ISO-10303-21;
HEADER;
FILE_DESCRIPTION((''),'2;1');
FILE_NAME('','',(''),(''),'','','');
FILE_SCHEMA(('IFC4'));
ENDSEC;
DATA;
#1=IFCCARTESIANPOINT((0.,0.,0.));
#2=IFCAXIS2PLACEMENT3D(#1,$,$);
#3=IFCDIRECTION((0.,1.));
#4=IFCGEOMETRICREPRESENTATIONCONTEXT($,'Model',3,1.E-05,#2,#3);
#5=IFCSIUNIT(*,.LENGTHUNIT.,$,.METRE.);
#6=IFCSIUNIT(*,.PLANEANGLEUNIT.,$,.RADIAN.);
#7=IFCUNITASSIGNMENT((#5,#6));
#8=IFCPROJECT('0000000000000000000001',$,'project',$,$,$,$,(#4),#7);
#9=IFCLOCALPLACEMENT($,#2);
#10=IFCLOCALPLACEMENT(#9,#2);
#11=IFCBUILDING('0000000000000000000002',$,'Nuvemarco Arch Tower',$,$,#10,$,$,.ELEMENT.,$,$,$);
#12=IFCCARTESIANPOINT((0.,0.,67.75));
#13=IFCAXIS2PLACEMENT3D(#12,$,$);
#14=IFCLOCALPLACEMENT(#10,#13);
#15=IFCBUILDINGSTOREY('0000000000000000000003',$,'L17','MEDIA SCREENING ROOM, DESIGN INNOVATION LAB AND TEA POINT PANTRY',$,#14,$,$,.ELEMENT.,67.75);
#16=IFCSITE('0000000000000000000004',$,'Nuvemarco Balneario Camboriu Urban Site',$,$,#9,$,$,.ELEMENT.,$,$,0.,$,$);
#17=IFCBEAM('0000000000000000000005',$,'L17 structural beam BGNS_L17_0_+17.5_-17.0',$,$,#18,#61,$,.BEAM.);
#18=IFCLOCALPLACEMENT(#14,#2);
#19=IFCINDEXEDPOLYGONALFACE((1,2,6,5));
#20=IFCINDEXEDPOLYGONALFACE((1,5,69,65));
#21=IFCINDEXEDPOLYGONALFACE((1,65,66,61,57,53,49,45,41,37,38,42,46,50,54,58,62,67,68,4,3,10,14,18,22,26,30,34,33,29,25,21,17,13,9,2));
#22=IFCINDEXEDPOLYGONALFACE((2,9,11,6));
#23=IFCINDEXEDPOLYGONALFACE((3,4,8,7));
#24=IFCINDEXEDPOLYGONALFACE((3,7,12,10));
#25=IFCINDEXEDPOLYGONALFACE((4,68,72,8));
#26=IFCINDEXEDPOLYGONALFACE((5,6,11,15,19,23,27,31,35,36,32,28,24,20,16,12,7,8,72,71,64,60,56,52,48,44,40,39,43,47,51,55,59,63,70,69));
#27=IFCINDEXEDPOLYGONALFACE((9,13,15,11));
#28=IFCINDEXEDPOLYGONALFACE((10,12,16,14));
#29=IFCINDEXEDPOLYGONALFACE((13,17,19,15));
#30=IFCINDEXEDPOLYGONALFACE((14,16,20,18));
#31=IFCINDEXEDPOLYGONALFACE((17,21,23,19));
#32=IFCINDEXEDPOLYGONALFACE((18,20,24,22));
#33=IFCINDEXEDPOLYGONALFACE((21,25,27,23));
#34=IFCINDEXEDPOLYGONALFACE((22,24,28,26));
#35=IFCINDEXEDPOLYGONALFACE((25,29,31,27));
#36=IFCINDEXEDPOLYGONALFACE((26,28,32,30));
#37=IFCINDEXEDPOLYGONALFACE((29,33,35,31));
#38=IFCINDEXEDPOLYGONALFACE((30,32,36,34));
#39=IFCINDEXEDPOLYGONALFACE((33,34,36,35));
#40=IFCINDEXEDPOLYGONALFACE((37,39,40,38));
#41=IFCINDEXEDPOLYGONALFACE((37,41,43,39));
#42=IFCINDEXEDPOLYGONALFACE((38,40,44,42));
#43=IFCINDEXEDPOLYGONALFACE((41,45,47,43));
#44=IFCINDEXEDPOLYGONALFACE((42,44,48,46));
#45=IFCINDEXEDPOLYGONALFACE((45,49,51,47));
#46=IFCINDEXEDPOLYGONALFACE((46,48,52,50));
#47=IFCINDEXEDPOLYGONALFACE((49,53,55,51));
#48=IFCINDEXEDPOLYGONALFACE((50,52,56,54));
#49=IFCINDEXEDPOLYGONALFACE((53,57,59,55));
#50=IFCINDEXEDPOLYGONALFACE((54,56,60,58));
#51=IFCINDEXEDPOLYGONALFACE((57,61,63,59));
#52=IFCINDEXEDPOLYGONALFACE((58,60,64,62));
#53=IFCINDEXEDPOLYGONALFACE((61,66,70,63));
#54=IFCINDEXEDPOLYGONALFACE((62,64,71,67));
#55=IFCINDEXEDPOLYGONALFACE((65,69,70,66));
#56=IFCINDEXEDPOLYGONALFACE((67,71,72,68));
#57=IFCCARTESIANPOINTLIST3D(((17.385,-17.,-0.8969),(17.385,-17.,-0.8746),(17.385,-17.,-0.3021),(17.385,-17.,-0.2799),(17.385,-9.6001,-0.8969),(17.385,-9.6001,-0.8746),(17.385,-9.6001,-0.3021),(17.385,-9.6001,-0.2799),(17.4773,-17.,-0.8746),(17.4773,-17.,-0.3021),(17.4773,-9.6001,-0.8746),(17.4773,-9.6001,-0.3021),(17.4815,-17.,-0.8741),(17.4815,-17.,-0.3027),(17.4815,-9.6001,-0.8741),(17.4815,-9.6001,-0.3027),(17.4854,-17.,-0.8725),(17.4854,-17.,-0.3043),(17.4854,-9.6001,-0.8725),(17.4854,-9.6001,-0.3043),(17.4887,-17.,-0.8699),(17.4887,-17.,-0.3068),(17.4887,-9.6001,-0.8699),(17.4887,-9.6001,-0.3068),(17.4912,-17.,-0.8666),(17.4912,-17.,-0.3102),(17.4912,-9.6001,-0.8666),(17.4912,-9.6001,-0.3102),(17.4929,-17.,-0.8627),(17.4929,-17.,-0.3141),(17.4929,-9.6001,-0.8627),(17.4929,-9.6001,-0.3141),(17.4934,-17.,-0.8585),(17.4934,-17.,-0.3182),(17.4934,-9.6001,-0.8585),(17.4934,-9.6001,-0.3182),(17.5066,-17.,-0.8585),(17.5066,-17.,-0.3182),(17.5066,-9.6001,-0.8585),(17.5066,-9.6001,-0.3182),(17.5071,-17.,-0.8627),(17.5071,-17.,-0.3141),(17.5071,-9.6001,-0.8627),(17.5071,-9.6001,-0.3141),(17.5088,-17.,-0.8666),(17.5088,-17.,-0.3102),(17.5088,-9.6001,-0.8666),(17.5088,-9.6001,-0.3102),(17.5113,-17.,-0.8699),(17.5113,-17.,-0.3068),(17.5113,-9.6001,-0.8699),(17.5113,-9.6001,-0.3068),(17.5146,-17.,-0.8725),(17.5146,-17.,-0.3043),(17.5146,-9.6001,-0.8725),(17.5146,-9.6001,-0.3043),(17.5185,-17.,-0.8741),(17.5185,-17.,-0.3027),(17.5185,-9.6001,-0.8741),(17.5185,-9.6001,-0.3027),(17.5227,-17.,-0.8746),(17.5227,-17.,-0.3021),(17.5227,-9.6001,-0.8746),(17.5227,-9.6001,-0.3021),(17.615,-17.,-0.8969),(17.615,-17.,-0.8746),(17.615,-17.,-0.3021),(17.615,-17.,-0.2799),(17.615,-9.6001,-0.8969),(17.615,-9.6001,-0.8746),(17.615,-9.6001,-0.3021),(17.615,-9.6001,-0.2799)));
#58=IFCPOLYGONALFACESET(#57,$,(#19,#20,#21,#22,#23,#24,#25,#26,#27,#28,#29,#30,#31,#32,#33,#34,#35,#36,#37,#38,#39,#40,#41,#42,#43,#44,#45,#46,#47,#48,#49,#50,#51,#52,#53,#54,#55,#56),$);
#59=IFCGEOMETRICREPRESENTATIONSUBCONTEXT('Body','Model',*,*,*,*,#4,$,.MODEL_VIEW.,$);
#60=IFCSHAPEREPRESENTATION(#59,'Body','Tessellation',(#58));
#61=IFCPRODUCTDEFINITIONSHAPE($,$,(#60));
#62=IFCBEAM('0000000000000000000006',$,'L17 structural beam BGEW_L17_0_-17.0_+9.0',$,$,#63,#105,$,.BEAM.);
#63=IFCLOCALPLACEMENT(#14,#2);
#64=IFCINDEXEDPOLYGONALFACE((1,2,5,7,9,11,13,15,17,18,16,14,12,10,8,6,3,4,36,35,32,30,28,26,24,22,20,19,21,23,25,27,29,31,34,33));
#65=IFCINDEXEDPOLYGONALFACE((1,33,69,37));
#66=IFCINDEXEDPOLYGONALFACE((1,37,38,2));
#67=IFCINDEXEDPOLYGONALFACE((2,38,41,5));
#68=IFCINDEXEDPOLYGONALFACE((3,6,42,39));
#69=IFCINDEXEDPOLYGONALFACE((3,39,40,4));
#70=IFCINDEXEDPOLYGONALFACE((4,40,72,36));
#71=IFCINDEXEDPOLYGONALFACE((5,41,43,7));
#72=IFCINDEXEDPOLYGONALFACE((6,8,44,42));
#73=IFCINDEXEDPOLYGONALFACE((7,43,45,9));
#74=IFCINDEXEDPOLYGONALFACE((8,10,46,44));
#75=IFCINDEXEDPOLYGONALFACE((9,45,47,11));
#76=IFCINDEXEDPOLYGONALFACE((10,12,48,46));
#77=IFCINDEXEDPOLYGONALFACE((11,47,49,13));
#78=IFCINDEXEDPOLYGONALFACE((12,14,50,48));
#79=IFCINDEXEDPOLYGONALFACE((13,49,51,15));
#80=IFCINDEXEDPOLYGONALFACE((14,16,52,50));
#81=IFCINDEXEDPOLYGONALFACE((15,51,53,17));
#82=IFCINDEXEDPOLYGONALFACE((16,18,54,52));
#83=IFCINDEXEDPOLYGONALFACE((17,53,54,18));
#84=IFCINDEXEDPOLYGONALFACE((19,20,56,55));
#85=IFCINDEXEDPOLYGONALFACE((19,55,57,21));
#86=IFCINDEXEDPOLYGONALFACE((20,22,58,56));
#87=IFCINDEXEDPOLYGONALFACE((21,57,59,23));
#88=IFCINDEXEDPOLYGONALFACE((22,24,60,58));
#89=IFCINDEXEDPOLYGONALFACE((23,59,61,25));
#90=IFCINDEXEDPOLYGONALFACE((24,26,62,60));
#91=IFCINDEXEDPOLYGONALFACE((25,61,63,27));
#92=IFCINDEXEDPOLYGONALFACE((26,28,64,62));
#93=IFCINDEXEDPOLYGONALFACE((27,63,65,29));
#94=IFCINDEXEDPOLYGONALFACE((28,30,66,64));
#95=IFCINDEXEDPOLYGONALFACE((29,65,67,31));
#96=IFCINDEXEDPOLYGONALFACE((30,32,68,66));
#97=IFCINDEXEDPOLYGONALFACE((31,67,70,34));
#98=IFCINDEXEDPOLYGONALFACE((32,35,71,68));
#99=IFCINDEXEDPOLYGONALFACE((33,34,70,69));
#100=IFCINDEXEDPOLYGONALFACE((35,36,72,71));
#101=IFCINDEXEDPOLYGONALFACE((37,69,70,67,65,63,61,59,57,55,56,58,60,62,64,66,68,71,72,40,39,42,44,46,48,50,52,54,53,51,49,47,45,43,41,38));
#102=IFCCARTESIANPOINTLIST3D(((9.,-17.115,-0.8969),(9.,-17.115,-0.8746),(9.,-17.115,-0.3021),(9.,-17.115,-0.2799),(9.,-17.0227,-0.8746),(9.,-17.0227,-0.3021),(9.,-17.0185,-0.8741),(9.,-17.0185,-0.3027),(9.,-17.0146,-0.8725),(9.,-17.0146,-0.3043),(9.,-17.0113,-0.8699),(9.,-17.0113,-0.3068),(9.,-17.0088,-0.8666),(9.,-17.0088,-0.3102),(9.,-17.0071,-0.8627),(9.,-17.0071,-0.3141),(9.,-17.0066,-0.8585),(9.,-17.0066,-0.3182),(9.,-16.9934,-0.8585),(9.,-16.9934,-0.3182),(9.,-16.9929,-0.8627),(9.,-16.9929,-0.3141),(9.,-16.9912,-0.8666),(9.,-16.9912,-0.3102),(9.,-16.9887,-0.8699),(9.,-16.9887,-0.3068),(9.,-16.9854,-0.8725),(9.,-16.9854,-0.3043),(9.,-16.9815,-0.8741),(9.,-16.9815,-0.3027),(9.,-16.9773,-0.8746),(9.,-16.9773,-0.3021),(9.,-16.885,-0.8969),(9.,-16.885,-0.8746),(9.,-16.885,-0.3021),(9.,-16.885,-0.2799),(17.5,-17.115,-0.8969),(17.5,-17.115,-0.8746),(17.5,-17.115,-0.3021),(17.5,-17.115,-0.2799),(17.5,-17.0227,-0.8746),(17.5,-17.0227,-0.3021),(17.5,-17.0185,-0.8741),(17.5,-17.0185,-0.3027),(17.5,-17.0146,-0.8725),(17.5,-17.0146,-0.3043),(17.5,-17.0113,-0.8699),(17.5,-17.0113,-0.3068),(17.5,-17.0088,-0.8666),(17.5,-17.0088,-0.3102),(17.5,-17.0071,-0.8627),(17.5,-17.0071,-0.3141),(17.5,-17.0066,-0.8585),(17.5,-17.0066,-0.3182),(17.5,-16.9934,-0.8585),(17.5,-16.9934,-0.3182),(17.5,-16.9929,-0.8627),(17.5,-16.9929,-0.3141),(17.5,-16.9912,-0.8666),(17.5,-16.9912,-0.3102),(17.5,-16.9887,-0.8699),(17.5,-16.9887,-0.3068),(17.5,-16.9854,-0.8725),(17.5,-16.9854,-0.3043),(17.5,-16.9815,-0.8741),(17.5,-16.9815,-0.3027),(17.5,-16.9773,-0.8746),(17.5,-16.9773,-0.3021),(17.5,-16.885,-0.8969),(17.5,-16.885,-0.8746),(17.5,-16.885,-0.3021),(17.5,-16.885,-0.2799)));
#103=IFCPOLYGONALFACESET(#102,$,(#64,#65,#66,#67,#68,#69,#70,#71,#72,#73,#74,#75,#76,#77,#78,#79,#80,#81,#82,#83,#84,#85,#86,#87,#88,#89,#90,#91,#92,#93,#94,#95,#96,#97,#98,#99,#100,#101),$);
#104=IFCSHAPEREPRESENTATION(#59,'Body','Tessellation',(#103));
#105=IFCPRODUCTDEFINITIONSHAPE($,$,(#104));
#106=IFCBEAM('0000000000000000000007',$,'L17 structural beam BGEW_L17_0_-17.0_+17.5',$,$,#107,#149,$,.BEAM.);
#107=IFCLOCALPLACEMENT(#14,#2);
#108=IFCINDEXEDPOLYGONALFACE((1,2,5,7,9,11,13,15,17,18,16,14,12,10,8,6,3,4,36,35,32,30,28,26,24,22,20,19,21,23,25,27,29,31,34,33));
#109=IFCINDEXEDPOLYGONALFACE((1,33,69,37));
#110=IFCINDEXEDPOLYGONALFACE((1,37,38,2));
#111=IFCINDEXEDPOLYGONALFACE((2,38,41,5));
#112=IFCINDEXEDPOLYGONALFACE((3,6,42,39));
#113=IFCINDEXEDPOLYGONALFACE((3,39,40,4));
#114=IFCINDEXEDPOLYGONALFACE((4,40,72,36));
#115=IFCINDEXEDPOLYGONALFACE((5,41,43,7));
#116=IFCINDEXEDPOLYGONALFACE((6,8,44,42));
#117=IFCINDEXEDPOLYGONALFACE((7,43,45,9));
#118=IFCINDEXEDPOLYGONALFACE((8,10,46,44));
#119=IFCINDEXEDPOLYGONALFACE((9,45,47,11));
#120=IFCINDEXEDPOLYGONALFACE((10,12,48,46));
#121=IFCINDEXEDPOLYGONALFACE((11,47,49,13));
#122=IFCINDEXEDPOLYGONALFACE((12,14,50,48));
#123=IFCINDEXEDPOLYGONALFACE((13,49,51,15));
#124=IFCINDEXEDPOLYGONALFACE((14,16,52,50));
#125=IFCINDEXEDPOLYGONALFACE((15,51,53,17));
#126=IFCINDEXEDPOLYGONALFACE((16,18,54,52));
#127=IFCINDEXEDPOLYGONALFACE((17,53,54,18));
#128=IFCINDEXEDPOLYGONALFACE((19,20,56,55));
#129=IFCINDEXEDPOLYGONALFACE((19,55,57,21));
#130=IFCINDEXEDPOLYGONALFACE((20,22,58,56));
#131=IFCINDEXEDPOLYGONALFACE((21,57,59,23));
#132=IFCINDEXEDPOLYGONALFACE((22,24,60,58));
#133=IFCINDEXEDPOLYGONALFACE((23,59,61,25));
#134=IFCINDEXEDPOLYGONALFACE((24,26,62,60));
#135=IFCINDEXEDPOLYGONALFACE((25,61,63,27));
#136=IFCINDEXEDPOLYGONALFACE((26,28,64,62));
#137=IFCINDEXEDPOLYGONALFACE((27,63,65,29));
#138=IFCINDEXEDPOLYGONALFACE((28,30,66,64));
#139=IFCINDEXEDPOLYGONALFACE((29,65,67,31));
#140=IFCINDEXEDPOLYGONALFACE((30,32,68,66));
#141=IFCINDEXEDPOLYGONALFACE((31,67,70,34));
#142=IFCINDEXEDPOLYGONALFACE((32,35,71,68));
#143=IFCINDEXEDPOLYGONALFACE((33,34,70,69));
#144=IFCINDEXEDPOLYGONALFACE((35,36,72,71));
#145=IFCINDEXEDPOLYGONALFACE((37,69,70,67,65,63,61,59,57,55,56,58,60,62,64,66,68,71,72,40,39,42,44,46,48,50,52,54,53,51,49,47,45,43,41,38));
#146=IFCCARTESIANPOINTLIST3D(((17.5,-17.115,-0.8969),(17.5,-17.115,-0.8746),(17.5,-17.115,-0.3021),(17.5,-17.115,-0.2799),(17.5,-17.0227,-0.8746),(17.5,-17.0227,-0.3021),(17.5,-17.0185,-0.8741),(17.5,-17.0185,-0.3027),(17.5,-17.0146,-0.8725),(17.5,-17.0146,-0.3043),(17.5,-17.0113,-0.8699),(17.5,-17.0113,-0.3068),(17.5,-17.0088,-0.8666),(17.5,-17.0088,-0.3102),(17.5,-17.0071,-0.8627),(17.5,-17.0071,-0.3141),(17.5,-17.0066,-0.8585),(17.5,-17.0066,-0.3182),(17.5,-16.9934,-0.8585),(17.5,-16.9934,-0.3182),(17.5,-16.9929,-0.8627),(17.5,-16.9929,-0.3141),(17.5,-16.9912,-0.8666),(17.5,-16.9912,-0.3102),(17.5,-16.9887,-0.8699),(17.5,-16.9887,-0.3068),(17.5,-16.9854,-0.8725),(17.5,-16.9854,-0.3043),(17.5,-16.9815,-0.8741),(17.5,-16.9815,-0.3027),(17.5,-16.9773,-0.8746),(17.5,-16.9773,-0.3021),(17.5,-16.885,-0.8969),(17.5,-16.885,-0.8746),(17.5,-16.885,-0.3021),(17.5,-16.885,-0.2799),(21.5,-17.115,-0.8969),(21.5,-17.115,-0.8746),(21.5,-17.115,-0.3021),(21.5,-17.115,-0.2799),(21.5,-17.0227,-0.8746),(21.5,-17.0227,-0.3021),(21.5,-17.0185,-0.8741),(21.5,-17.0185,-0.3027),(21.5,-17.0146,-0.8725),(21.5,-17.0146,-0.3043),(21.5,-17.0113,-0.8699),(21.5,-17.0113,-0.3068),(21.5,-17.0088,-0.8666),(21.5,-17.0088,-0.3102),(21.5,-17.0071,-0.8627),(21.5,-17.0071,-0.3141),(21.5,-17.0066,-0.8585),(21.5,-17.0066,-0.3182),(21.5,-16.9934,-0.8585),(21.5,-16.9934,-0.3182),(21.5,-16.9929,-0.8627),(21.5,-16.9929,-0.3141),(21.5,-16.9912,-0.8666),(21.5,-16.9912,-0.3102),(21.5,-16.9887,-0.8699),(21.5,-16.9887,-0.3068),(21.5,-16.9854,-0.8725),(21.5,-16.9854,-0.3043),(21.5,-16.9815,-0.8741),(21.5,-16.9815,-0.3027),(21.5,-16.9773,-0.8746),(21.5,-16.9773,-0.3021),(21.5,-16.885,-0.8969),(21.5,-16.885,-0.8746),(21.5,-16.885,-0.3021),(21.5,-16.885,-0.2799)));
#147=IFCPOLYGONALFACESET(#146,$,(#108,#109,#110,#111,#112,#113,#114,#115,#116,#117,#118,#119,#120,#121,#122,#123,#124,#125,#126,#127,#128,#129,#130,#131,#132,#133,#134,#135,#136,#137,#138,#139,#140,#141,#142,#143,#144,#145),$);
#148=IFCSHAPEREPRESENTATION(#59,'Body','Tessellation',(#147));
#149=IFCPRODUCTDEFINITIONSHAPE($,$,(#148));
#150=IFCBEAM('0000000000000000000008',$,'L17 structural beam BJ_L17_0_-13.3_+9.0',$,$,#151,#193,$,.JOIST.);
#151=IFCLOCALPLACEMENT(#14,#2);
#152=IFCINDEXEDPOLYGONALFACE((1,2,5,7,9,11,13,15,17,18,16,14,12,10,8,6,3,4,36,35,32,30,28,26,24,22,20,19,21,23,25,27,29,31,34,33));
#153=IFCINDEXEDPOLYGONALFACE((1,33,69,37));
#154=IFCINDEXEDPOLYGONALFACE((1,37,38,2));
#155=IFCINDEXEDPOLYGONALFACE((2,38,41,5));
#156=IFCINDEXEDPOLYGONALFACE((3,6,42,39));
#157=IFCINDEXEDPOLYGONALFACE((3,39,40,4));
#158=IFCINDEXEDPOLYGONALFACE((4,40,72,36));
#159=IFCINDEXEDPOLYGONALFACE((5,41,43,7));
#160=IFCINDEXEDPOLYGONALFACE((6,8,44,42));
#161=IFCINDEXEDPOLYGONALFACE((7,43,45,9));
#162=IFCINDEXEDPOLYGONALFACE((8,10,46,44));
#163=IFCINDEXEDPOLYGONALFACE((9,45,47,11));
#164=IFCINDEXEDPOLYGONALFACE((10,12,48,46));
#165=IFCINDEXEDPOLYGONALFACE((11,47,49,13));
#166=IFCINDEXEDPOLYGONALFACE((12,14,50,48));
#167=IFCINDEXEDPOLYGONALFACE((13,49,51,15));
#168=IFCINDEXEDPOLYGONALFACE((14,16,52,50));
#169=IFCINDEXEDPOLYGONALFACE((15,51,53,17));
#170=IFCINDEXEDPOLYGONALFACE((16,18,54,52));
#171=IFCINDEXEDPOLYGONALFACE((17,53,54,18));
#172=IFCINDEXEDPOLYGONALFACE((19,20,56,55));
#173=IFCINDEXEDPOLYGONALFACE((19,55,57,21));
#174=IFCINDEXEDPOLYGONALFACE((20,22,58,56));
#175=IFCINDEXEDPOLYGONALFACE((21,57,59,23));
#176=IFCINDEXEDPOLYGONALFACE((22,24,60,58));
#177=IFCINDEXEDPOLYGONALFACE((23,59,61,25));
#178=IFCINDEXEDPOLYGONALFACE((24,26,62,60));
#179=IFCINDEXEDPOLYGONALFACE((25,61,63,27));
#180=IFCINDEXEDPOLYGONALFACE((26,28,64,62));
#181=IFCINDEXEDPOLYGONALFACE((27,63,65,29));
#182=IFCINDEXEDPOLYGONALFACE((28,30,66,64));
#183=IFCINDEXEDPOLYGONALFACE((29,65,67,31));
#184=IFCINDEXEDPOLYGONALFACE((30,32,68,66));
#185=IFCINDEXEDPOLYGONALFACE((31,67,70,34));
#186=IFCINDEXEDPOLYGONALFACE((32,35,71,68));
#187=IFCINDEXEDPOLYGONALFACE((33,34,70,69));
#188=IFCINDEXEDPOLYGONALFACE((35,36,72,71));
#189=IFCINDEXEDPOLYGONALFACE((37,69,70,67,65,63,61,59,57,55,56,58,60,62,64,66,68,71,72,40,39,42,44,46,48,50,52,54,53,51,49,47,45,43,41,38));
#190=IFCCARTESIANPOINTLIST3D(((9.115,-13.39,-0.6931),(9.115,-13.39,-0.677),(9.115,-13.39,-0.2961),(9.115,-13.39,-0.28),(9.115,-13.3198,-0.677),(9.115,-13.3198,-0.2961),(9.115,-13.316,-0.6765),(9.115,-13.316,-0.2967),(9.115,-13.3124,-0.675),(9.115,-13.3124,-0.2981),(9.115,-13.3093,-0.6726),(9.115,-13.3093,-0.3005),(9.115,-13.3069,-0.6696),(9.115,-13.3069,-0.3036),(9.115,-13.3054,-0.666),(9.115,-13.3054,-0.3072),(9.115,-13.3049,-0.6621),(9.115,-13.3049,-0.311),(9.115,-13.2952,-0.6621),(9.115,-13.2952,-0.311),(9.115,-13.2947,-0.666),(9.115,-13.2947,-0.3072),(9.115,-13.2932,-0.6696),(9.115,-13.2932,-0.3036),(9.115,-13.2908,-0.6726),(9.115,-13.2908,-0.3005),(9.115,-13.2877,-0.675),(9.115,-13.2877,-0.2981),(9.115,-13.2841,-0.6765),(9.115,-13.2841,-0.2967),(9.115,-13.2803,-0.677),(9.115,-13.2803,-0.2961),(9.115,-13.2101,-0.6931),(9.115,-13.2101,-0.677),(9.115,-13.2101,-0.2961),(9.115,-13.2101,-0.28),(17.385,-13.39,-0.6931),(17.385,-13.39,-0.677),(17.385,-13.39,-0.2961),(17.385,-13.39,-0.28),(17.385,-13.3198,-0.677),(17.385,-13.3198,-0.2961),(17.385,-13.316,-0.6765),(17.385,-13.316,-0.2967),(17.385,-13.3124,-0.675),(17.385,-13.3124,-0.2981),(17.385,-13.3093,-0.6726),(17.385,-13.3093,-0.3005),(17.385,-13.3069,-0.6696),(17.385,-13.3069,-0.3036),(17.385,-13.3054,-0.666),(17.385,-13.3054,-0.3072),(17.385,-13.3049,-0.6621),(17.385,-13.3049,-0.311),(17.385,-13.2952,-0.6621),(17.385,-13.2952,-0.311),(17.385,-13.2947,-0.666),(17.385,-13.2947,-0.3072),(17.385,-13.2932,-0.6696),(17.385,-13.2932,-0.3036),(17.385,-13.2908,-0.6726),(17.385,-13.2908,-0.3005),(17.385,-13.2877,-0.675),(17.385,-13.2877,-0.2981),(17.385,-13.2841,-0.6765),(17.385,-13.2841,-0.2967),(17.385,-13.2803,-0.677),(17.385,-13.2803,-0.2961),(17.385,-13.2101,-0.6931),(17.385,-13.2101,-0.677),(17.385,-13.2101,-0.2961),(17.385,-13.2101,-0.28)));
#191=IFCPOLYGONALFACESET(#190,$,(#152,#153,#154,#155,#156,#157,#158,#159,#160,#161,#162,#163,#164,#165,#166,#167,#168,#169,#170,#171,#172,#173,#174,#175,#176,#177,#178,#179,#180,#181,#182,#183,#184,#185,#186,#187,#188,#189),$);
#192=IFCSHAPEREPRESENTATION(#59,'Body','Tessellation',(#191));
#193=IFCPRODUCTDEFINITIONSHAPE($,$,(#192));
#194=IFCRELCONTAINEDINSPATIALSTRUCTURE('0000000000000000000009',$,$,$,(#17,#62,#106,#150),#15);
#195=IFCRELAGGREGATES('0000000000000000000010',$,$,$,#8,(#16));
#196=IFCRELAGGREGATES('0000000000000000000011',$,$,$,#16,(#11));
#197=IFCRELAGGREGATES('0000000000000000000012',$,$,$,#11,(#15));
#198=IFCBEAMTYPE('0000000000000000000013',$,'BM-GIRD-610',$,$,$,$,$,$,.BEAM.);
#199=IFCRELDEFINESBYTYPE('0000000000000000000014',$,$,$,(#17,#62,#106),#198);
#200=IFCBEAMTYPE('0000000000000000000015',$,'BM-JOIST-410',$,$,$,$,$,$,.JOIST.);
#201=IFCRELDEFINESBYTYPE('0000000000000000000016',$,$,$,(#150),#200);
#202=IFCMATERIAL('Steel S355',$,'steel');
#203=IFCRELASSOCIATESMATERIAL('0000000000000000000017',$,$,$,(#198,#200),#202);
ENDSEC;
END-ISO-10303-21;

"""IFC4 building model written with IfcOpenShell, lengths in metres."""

from ifc_helpers import new_model, si_unit, direction, frame, origin, origin_2d, place, context, subcontext, project, spatial, i_section, extrude, material, material_profile, profile_set, type_object, element, save


model = new_model("IFC4")

# Units and contexts
model_context = context("Model", 3, precision=1e-05, world=origin(), true_north=direction((0.0, 1.0)))
body_context = subcontext(model_context, "Body", "Model", "MODEL_VIEW")
ifc_project = project(units=[si_unit("LENGTHUNIT", "METRE"), si_unit("PLANEANGLEUNIT", "RADIAN")], contexts=[model_context])

# Site, building, storey
site_placement = place(None, origin())
site = spatial("IfcSite", under=ifc_project, at=site_placement, Name="Nuvemarco Balneario Camboriu Urban Site", CompositionType="ELEMENT", RefElevation=0.0)
building_placement = place(site_placement, origin())
building = spatial("IfcBuilding", under=site, at=building_placement, Name="Nuvemarco Arch Tower", CompositionType="ELEMENT")
storey_placement = place(building_placement, frame((0.0, 0.0, 67.75)))
storey = spatial("IfcBuildingStorey", under=building, at=storey_placement, Name="L17", Description="MEDIA SCREENING ROOM, DESIGN INNOVATION LAB AND TEA POINT PANTRY", CompositionType="ELEMENT", Elevation=67.75)

# Shared definitions
ifc_material_1 = material(Name="Steel S355", Category="steel")

# Beams
ifc_material_profile_1 = material_profile(ifc_material_1, i_section(OverallWidth=0.23, OverallDepth=0.6169, WebThickness=0.0132, FlangeThickness=0.0222, FilletRadius=0.0161, at=origin_2d()), Name="W610x140")
ifc_profile_set_1 = profile_set([ifc_material_profile_1], Name="Steel S355")
beam_type_1 = type_object("IfcBeamType", Name="BM-GIRD-610", PredefinedType="BEAM", material=ifc_profile_set_1)
for number, where, z_axis, x_axis, name in (
    (1, (17.5, -17.0, -0.5884), (0.0, 1.0, 0.0), (-1.0, 0.0, 0.0), "L17 structural beam BGNS_L17_0_+17.5_-17.0"),
):
    element("IfcBeam", number, at=place(storey_placement, frame(where, z_axis=z_axis, x_axis=x_axis)), inside=storey, type_object=beam_type_1, Name=name, PredefinedType="BEAM", context=body_context, shape_type="SweptSolid", body=[
        extrude(i_section(OverallWidth=0.23, OverallDepth=0.6169, WebThickness=0.0132, FlangeThickness=0.0222, FilletRadius=0.0161, at=origin_2d()), origin(), (0.0, 0.0, 1.0), 7.3999),
    ])
beam_1_placement = place(storey_placement, frame((9.0, -17.0, -0.5884), z_axis=(1.0, 0.0, 0.0), x_axis=(0.0, 1.0, 0.0)))
element("IfcBeam", 2, at=beam_1_placement, inside=storey, type_object=beam_type_1, Name="L17 structural beam BGEW_L17_0_-17.0_+9.0", PredefinedType="BEAM", context=body_context, shape_type="SweptSolid", body=[
    extrude(i_section(OverallWidth=0.23, OverallDepth=0.6169, WebThickness=0.0132, FlangeThickness=0.0222, FilletRadius=0.0161, at=origin_2d()), origin(), (0.0, 0.0, 1.0), 8.5),
])
beam_2_placement = place(storey_placement, frame((17.5, -17.0, -0.5884), z_axis=(1.0, 0.0, 0.0), x_axis=(0.0, 1.0, 0.0)))
element("IfcBeam", 3, at=beam_2_placement, inside=storey, type_object=beam_type_1, Name="L17 structural beam BGEW_L17_0_-17.0_+17.5", PredefinedType="BEAM", context=body_context, shape_type="SweptSolid", body=[
    extrude(i_section(OverallWidth=0.23, OverallDepth=0.6169, WebThickness=0.0132, FlangeThickness=0.0222, FilletRadius=0.0161, at=origin_2d()), origin(), (0.0, 0.0, 1.0), 4.0),
])
ifc_material_profile_2 = material_profile(ifc_material_1, i_section(OverallWidth=0.1799, OverallDepth=0.4131, WebThickness=0.0098, FlangeThickness=0.0161, FilletRadius=0.0149, at=origin_2d()), Name="W410x75")
ifc_profile_set_2 = profile_set([ifc_material_profile_2], Name="Steel S355")
beam_type_2 = type_object("IfcBeamType", Name="BM-JOIST-410", PredefinedType="JOIST", material=ifc_profile_set_2)
beam_3_placement = place(storey_placement, frame((9.115, -13.3, -0.4866), z_axis=(1.0, 0.0, 0.0), x_axis=(0.0, 1.0, 0.0)))
element("IfcBeam", 4, at=beam_3_placement, inside=storey, type_object=beam_type_2, Name="L17 structural beam BJ_L17_0_-13.3_+9.0", PredefinedType="JOIST", context=body_context, shape_type="SweptSolid", body=[
    extrude(i_section(OverallWidth=0.1799, OverallDepth=0.4131, WebThickness=0.0098, FlangeThickness=0.0161, FilletRadius=0.0149, at=origin_2d()), origin(), (0.0, 0.0, 1.0), 8.27),
])

save(model, "model.ifc")
